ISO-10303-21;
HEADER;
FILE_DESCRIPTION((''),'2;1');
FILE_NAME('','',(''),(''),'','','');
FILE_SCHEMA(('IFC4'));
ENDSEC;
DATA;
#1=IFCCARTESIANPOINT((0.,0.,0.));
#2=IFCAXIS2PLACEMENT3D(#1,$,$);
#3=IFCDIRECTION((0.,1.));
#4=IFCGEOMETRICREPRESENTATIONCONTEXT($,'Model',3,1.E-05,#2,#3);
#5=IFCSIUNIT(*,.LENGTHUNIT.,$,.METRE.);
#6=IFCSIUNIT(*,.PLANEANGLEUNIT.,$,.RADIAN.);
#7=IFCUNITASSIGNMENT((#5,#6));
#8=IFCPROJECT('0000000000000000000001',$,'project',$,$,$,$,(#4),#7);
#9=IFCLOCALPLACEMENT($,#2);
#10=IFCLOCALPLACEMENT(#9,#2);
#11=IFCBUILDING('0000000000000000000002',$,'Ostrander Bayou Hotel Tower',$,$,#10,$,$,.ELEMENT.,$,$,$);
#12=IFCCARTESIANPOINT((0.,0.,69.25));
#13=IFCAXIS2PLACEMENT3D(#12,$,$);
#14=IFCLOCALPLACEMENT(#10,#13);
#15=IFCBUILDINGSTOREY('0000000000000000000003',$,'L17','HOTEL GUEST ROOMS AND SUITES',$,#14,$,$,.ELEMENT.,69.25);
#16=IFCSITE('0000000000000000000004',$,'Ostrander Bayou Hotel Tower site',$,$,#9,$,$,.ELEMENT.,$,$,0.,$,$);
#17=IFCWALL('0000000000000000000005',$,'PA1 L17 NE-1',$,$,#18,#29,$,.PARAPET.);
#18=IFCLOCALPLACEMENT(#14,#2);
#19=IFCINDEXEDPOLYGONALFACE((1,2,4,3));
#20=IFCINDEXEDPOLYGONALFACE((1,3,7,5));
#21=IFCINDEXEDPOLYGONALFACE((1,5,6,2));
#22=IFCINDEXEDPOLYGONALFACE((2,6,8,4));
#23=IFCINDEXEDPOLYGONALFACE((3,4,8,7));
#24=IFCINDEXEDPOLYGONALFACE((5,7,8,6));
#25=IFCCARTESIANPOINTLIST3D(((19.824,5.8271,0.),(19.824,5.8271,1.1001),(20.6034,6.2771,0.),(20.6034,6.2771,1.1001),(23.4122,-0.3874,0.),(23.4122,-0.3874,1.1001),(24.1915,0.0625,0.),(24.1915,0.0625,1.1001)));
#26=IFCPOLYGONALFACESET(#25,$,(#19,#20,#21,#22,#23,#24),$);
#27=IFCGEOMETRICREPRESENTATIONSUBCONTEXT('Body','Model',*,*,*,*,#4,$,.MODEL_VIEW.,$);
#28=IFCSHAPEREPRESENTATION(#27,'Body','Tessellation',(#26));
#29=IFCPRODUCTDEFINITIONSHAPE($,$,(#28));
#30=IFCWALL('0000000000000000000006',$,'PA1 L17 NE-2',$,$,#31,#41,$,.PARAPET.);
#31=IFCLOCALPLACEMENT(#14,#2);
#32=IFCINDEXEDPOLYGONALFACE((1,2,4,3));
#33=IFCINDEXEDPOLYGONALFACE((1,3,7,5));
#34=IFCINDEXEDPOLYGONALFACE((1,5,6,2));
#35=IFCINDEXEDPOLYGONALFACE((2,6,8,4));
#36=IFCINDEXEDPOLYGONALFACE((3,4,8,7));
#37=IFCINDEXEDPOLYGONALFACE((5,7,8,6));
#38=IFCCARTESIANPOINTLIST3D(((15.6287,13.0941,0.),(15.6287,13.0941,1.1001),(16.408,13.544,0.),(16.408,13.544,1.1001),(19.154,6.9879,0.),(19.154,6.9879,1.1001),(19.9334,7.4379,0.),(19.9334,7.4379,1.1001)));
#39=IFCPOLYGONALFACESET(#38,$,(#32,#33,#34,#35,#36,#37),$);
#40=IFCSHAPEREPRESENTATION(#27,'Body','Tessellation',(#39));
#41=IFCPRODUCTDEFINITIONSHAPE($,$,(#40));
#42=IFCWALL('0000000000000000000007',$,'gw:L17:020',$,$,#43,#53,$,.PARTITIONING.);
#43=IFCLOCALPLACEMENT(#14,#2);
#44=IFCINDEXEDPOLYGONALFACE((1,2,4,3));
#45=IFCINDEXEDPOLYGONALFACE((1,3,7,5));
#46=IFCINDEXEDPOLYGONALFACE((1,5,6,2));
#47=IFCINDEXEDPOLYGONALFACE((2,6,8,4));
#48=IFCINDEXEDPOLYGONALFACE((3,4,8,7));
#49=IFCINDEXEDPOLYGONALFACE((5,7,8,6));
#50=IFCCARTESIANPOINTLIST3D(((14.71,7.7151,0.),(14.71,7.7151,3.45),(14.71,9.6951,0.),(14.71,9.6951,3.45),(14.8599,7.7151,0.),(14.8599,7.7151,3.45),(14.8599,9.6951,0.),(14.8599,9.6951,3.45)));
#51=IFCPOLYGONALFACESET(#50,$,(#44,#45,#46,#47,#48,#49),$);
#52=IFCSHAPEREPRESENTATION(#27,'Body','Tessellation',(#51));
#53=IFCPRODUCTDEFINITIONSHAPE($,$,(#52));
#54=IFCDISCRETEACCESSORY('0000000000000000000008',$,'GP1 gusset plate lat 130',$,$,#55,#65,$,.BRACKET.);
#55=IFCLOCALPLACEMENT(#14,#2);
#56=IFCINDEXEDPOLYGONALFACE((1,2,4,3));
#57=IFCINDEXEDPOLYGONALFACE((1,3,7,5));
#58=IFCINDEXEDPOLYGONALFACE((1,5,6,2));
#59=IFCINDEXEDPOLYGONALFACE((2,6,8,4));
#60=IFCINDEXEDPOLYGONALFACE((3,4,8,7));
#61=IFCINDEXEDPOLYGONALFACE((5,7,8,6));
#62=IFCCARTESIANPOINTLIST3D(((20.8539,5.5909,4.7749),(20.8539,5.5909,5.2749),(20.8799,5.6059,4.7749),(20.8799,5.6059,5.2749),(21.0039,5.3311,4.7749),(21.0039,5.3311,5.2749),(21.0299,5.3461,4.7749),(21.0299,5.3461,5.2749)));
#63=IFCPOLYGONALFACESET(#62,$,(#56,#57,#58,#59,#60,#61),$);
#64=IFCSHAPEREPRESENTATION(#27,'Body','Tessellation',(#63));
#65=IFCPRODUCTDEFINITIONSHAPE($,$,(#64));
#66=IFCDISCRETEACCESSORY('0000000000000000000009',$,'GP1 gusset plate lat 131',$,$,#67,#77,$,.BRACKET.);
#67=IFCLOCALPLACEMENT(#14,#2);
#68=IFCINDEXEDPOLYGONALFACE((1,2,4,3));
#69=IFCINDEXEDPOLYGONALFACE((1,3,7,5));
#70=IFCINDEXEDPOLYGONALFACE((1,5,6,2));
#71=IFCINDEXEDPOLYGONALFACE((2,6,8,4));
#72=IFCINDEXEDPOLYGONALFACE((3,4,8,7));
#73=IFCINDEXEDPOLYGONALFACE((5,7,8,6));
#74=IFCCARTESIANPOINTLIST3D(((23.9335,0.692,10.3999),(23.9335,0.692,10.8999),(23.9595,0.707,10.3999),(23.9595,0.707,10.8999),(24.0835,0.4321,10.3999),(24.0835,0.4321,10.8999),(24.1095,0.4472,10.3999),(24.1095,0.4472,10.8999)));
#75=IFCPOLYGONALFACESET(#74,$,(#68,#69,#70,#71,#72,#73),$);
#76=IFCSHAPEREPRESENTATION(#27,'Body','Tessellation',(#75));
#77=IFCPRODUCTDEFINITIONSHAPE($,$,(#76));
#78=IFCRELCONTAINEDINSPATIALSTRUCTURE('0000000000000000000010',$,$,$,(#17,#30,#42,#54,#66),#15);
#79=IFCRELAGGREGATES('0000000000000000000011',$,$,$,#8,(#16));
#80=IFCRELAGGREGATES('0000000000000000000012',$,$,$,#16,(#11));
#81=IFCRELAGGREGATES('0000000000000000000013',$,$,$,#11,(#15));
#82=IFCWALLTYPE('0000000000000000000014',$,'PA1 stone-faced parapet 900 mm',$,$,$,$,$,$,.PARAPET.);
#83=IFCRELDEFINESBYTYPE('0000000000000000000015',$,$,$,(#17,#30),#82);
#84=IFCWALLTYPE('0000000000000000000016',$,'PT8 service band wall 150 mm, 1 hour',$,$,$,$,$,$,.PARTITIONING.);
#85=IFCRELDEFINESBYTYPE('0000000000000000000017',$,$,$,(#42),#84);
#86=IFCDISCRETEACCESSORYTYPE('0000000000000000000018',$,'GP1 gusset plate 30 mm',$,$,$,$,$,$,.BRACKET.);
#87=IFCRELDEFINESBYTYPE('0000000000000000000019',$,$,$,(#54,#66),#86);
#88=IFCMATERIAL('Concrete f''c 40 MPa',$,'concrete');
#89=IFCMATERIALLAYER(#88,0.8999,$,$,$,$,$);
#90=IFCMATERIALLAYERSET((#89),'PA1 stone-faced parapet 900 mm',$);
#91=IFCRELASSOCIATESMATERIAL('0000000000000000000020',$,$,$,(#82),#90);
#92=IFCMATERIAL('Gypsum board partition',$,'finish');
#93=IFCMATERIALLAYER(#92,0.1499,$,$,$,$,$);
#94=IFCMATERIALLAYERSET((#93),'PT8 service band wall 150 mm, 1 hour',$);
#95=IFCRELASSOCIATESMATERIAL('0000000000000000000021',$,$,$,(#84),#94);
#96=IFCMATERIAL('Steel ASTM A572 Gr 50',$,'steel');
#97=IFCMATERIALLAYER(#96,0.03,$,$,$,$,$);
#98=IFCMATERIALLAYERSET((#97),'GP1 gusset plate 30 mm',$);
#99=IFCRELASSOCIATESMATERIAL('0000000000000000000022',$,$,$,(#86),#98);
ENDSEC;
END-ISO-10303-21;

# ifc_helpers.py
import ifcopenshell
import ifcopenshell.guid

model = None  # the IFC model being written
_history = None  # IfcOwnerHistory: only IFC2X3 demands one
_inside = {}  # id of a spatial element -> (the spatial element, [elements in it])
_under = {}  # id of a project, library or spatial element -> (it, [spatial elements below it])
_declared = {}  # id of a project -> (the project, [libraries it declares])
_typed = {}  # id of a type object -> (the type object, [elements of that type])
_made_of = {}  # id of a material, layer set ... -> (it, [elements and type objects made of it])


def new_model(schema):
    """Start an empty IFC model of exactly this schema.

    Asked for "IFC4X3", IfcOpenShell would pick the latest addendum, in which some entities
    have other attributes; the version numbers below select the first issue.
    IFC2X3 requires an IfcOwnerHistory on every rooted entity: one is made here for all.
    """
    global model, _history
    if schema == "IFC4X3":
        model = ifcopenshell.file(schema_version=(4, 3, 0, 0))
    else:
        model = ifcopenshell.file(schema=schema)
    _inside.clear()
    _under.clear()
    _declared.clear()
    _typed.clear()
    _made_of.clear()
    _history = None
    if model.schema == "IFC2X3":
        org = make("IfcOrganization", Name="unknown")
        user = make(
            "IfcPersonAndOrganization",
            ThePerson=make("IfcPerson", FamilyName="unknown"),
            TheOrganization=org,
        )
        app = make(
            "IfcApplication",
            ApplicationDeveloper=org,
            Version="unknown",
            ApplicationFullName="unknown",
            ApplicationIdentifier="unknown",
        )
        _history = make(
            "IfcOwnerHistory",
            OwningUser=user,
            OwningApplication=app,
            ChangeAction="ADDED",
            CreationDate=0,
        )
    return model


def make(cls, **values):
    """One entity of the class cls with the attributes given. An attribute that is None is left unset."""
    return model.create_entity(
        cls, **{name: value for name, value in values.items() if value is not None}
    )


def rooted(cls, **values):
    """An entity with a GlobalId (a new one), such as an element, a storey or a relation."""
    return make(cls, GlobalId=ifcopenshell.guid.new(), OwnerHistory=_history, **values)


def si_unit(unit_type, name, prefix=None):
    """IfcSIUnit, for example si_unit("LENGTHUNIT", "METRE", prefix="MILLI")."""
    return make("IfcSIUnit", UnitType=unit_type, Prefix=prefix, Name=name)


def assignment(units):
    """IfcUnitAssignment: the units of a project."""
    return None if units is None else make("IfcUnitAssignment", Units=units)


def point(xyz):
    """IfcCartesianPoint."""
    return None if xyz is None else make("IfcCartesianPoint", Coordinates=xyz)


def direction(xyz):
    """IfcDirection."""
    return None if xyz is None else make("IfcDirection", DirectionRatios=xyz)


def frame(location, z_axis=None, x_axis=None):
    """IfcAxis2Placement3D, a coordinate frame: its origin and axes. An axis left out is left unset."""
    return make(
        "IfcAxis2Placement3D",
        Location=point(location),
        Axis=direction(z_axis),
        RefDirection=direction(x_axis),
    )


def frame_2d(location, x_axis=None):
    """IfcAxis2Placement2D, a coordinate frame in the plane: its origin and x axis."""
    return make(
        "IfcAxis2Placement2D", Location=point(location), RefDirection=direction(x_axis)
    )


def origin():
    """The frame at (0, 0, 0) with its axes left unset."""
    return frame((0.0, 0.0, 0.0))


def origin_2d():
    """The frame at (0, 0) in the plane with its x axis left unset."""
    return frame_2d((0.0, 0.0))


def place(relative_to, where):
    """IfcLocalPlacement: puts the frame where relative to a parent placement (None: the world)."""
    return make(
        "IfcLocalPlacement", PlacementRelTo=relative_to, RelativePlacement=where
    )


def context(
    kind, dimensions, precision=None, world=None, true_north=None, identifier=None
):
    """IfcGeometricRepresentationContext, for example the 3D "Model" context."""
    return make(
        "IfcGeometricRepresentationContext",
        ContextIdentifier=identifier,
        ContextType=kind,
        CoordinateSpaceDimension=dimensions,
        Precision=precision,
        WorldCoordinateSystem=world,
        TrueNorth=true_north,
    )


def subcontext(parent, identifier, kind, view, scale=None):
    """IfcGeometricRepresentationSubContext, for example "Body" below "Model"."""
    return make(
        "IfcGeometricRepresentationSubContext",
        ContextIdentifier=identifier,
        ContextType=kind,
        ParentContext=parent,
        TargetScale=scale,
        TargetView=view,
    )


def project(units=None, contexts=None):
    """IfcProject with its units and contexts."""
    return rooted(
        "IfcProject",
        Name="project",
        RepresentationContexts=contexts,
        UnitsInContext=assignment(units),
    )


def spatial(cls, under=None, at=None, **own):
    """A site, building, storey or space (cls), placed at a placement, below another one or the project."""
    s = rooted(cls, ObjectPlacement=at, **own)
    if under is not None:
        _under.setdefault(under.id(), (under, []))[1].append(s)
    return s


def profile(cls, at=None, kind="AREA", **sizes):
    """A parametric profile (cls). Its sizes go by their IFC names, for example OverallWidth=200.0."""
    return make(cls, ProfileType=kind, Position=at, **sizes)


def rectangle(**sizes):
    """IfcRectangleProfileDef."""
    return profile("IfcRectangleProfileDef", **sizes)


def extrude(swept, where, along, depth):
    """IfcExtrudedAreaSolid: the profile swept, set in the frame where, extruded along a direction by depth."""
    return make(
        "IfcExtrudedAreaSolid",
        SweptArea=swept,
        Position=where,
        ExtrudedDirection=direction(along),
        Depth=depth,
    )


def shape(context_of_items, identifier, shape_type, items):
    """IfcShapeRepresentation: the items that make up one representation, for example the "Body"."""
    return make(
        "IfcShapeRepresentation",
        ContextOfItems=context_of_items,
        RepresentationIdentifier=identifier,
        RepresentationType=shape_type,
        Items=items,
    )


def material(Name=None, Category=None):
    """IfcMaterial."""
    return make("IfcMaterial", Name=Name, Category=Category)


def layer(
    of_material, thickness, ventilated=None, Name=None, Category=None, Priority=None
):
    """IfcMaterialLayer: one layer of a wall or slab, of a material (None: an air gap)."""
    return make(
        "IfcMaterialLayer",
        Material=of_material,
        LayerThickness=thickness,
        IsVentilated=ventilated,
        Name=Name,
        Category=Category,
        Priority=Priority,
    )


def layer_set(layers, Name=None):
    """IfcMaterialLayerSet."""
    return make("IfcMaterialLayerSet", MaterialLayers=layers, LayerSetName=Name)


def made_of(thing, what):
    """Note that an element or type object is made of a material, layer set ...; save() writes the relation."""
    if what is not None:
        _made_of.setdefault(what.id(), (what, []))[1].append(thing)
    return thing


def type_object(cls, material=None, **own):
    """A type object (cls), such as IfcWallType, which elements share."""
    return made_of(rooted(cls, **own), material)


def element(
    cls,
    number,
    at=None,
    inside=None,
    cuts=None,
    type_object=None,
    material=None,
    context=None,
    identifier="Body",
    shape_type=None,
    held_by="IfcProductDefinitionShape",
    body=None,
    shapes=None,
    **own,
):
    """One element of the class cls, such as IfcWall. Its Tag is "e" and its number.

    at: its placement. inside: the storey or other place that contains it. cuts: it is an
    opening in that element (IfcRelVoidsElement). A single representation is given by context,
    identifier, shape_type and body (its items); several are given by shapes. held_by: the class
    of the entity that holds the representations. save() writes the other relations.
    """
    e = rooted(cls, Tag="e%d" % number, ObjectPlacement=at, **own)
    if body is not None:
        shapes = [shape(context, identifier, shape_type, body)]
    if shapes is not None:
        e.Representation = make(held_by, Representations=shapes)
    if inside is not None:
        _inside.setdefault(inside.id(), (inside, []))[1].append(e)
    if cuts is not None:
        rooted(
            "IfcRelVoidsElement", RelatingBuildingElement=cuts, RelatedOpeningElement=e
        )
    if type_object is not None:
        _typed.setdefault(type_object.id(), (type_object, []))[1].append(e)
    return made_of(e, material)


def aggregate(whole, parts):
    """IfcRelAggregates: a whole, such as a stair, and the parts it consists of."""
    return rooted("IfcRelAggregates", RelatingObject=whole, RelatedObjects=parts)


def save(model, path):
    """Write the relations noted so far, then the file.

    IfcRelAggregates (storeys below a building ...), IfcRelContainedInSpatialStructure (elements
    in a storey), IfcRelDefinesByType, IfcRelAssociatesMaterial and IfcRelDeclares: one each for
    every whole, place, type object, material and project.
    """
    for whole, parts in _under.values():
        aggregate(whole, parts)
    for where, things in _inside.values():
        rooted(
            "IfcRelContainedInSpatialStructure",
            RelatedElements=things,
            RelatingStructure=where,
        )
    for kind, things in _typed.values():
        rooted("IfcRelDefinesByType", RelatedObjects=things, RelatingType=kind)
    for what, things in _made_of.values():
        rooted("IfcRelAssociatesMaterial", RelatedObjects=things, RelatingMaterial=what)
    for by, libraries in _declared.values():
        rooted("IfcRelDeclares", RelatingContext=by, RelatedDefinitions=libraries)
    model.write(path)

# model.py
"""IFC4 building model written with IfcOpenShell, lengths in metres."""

from ifc_helpers import new_model, si_unit, direction, frame, frame_2d, origin, origin_2d, place, context, subcontext, project, spatial, rectangle, extrude, material, layer, layer_set, type_object, element, save


model = new_model("IFC4")

# Units and contexts
model_context = context("Model", 3, precision=1e-05, world=origin(), true_north=direction((0.0, 1.0)))
body_context = subcontext(model_context, "Body", "Model", "MODEL_VIEW")
ifc_project = project(units=[si_unit("LENGTHUNIT", "METRE"), si_unit("PLANEANGLEUNIT", "RADIAN")], contexts=[model_context])

# Site, building, storey
site_placement = place(None, origin())
site = spatial("IfcSite", under=ifc_project, at=site_placement, Name="Ostrander Bayou Hotel Tower site", CompositionType="ELEMENT", RefElevation=0.0)
building_placement = place(site_placement, origin())
building = spatial("IfcBuilding", under=site, at=building_placement, Name="Ostrander Bayou Hotel Tower", CompositionType="ELEMENT")
storey_placement = place(building_placement, frame((0.0, 0.0, 69.25)))
storey = spatial("IfcBuildingStorey", under=building, at=storey_placement, Name="L17", Description="HOTEL GUEST ROOMS AND SUITES", CompositionType="ELEMENT", Elevation=69.25)

# Walls
ifc_material_1 = material(Name="Concrete f'c 40 MPa", Category="concrete")
ifc_layer_1 = layer(ifc_material_1, 0.8999)
ifc_layer_set_1 = layer_set([ifc_layer_1], Name="PA1 stone-faced parapet 900 mm")
wall_type_1 = type_object("IfcWallType", Name="PA1 stone-faced parapet 900 mm", PredefinedType="PARAPET", material=ifc_layer_set_1)
wall_1_placement = place(storey_placement, frame((23.8018, -0.1624, 0.0), z_axis=(0.0, 0.0, 1.0), x_axis=(-0.500014, 0.866017, 0.0)))
element("IfcWall", 1, at=wall_1_placement, inside=storey, type_object=wall_type_1, Name="PA1 L17 NE-1", PredefinedType="PARAPET", context=body_context, shape_type="SweptSolid", body=[
    extrude(rectangle(XDim=7.176, YDim=0.8999, at=frame_2d((3.5879, 0.0))), origin(), (0.0, 0.0, 1.0), 1.1001),
])
wall_2_placement = place(storey_placement, frame((19.5437, 7.2129, 0.0), z_axis=(0.0, 0.0, 1.0), x_axis=(-0.499997, 0.866027, 0.0)))
element("IfcWall", 2, at=wall_2_placement, inside=storey, type_object=wall_type_1, Name="PA1 L17 NE-2", PredefinedType="PARAPET", context=body_context, shape_type="SweptSolid", body=[
    extrude(rectangle(XDim=7.0508, YDim=0.8999, at=frame_2d((3.5254, 0.0))), origin(), (0.0, 0.0, 1.0), 1.1001),
])
ifc_material_2 = material(Name="Gypsum board partition", Category="finish")
ifc_layer_2 = layer(ifc_material_2, 0.1499)
ifc_layer_set_2 = layer_set([ifc_layer_2], Name="PT8 service band wall 150 mm, 1 hour")
wall_type_2 = type_object("IfcWallType", Name="PT8 service band wall 150 mm, 1 hour", PredefinedType="PARTITIONING", material=ifc_layer_set_2)
wall_3_placement = place(storey_placement, frame((14.7849, 7.7151, 0.0), z_axis=(0.0, 0.0, 1.0), x_axis=(0.0, 1.0, 0.0)))
element("IfcWall", 3, at=wall_3_placement, inside=storey, type_object=wall_type_2, Name="gw:L17:020", PredefinedType="PARTITIONING", context=body_context, shape_type="SweptSolid", body=[
    extrude(rectangle(XDim=1.98, YDim=0.1499, at=frame_2d((0.99, 0.0))), origin(), (0.0, 0.0, 1.0), 3.45),
])

# Discrete accessories
ifc_material_3 = material(Name="Steel ASTM A572 Gr 50", Category="steel")
ifc_layer_3 = layer(ifc_material_3, 0.03)
ifc_layer_set_3 = layer_set([ifc_layer_3], Name="GP1 gusset plate 30 mm")
discrete_accessory_type = type_object("IfcDiscreteAccessoryType", Name="GP1 gusset plate 30 mm", PredefinedType="BRACKET", material=ifc_layer_set_3)
for number, where, z_axis, x_axis, name in (
    (4, (20.9419, 5.4685, 4.7749), (0.0, 0.0, 1.0), (-0.5, 0.866025, 0.0), "GP1 gusset plate lat 130"),
    (5, (24.0215, 0.5696, 10.3999), (0.0, 0.0, 1.0), (-0.5, 0.866025, 0.0), "GP1 gusset plate lat 131"),
):
    element("IfcDiscreteAccessory", number, at=place(storey_placement, frame(where, z_axis=z_axis, x_axis=x_axis)), inside=storey, type_object=discrete_accessory_type, Name=name, PredefinedType="BRACKET", context=body_context, shape_type="SweptSolid", body=[
        extrude(rectangle(XDim=0.3, YDim=0.03, at=origin_2d()), origin(), (0.0, 0.0, 1.0), 0.5),
    ])

save(model, "model.ifc")
